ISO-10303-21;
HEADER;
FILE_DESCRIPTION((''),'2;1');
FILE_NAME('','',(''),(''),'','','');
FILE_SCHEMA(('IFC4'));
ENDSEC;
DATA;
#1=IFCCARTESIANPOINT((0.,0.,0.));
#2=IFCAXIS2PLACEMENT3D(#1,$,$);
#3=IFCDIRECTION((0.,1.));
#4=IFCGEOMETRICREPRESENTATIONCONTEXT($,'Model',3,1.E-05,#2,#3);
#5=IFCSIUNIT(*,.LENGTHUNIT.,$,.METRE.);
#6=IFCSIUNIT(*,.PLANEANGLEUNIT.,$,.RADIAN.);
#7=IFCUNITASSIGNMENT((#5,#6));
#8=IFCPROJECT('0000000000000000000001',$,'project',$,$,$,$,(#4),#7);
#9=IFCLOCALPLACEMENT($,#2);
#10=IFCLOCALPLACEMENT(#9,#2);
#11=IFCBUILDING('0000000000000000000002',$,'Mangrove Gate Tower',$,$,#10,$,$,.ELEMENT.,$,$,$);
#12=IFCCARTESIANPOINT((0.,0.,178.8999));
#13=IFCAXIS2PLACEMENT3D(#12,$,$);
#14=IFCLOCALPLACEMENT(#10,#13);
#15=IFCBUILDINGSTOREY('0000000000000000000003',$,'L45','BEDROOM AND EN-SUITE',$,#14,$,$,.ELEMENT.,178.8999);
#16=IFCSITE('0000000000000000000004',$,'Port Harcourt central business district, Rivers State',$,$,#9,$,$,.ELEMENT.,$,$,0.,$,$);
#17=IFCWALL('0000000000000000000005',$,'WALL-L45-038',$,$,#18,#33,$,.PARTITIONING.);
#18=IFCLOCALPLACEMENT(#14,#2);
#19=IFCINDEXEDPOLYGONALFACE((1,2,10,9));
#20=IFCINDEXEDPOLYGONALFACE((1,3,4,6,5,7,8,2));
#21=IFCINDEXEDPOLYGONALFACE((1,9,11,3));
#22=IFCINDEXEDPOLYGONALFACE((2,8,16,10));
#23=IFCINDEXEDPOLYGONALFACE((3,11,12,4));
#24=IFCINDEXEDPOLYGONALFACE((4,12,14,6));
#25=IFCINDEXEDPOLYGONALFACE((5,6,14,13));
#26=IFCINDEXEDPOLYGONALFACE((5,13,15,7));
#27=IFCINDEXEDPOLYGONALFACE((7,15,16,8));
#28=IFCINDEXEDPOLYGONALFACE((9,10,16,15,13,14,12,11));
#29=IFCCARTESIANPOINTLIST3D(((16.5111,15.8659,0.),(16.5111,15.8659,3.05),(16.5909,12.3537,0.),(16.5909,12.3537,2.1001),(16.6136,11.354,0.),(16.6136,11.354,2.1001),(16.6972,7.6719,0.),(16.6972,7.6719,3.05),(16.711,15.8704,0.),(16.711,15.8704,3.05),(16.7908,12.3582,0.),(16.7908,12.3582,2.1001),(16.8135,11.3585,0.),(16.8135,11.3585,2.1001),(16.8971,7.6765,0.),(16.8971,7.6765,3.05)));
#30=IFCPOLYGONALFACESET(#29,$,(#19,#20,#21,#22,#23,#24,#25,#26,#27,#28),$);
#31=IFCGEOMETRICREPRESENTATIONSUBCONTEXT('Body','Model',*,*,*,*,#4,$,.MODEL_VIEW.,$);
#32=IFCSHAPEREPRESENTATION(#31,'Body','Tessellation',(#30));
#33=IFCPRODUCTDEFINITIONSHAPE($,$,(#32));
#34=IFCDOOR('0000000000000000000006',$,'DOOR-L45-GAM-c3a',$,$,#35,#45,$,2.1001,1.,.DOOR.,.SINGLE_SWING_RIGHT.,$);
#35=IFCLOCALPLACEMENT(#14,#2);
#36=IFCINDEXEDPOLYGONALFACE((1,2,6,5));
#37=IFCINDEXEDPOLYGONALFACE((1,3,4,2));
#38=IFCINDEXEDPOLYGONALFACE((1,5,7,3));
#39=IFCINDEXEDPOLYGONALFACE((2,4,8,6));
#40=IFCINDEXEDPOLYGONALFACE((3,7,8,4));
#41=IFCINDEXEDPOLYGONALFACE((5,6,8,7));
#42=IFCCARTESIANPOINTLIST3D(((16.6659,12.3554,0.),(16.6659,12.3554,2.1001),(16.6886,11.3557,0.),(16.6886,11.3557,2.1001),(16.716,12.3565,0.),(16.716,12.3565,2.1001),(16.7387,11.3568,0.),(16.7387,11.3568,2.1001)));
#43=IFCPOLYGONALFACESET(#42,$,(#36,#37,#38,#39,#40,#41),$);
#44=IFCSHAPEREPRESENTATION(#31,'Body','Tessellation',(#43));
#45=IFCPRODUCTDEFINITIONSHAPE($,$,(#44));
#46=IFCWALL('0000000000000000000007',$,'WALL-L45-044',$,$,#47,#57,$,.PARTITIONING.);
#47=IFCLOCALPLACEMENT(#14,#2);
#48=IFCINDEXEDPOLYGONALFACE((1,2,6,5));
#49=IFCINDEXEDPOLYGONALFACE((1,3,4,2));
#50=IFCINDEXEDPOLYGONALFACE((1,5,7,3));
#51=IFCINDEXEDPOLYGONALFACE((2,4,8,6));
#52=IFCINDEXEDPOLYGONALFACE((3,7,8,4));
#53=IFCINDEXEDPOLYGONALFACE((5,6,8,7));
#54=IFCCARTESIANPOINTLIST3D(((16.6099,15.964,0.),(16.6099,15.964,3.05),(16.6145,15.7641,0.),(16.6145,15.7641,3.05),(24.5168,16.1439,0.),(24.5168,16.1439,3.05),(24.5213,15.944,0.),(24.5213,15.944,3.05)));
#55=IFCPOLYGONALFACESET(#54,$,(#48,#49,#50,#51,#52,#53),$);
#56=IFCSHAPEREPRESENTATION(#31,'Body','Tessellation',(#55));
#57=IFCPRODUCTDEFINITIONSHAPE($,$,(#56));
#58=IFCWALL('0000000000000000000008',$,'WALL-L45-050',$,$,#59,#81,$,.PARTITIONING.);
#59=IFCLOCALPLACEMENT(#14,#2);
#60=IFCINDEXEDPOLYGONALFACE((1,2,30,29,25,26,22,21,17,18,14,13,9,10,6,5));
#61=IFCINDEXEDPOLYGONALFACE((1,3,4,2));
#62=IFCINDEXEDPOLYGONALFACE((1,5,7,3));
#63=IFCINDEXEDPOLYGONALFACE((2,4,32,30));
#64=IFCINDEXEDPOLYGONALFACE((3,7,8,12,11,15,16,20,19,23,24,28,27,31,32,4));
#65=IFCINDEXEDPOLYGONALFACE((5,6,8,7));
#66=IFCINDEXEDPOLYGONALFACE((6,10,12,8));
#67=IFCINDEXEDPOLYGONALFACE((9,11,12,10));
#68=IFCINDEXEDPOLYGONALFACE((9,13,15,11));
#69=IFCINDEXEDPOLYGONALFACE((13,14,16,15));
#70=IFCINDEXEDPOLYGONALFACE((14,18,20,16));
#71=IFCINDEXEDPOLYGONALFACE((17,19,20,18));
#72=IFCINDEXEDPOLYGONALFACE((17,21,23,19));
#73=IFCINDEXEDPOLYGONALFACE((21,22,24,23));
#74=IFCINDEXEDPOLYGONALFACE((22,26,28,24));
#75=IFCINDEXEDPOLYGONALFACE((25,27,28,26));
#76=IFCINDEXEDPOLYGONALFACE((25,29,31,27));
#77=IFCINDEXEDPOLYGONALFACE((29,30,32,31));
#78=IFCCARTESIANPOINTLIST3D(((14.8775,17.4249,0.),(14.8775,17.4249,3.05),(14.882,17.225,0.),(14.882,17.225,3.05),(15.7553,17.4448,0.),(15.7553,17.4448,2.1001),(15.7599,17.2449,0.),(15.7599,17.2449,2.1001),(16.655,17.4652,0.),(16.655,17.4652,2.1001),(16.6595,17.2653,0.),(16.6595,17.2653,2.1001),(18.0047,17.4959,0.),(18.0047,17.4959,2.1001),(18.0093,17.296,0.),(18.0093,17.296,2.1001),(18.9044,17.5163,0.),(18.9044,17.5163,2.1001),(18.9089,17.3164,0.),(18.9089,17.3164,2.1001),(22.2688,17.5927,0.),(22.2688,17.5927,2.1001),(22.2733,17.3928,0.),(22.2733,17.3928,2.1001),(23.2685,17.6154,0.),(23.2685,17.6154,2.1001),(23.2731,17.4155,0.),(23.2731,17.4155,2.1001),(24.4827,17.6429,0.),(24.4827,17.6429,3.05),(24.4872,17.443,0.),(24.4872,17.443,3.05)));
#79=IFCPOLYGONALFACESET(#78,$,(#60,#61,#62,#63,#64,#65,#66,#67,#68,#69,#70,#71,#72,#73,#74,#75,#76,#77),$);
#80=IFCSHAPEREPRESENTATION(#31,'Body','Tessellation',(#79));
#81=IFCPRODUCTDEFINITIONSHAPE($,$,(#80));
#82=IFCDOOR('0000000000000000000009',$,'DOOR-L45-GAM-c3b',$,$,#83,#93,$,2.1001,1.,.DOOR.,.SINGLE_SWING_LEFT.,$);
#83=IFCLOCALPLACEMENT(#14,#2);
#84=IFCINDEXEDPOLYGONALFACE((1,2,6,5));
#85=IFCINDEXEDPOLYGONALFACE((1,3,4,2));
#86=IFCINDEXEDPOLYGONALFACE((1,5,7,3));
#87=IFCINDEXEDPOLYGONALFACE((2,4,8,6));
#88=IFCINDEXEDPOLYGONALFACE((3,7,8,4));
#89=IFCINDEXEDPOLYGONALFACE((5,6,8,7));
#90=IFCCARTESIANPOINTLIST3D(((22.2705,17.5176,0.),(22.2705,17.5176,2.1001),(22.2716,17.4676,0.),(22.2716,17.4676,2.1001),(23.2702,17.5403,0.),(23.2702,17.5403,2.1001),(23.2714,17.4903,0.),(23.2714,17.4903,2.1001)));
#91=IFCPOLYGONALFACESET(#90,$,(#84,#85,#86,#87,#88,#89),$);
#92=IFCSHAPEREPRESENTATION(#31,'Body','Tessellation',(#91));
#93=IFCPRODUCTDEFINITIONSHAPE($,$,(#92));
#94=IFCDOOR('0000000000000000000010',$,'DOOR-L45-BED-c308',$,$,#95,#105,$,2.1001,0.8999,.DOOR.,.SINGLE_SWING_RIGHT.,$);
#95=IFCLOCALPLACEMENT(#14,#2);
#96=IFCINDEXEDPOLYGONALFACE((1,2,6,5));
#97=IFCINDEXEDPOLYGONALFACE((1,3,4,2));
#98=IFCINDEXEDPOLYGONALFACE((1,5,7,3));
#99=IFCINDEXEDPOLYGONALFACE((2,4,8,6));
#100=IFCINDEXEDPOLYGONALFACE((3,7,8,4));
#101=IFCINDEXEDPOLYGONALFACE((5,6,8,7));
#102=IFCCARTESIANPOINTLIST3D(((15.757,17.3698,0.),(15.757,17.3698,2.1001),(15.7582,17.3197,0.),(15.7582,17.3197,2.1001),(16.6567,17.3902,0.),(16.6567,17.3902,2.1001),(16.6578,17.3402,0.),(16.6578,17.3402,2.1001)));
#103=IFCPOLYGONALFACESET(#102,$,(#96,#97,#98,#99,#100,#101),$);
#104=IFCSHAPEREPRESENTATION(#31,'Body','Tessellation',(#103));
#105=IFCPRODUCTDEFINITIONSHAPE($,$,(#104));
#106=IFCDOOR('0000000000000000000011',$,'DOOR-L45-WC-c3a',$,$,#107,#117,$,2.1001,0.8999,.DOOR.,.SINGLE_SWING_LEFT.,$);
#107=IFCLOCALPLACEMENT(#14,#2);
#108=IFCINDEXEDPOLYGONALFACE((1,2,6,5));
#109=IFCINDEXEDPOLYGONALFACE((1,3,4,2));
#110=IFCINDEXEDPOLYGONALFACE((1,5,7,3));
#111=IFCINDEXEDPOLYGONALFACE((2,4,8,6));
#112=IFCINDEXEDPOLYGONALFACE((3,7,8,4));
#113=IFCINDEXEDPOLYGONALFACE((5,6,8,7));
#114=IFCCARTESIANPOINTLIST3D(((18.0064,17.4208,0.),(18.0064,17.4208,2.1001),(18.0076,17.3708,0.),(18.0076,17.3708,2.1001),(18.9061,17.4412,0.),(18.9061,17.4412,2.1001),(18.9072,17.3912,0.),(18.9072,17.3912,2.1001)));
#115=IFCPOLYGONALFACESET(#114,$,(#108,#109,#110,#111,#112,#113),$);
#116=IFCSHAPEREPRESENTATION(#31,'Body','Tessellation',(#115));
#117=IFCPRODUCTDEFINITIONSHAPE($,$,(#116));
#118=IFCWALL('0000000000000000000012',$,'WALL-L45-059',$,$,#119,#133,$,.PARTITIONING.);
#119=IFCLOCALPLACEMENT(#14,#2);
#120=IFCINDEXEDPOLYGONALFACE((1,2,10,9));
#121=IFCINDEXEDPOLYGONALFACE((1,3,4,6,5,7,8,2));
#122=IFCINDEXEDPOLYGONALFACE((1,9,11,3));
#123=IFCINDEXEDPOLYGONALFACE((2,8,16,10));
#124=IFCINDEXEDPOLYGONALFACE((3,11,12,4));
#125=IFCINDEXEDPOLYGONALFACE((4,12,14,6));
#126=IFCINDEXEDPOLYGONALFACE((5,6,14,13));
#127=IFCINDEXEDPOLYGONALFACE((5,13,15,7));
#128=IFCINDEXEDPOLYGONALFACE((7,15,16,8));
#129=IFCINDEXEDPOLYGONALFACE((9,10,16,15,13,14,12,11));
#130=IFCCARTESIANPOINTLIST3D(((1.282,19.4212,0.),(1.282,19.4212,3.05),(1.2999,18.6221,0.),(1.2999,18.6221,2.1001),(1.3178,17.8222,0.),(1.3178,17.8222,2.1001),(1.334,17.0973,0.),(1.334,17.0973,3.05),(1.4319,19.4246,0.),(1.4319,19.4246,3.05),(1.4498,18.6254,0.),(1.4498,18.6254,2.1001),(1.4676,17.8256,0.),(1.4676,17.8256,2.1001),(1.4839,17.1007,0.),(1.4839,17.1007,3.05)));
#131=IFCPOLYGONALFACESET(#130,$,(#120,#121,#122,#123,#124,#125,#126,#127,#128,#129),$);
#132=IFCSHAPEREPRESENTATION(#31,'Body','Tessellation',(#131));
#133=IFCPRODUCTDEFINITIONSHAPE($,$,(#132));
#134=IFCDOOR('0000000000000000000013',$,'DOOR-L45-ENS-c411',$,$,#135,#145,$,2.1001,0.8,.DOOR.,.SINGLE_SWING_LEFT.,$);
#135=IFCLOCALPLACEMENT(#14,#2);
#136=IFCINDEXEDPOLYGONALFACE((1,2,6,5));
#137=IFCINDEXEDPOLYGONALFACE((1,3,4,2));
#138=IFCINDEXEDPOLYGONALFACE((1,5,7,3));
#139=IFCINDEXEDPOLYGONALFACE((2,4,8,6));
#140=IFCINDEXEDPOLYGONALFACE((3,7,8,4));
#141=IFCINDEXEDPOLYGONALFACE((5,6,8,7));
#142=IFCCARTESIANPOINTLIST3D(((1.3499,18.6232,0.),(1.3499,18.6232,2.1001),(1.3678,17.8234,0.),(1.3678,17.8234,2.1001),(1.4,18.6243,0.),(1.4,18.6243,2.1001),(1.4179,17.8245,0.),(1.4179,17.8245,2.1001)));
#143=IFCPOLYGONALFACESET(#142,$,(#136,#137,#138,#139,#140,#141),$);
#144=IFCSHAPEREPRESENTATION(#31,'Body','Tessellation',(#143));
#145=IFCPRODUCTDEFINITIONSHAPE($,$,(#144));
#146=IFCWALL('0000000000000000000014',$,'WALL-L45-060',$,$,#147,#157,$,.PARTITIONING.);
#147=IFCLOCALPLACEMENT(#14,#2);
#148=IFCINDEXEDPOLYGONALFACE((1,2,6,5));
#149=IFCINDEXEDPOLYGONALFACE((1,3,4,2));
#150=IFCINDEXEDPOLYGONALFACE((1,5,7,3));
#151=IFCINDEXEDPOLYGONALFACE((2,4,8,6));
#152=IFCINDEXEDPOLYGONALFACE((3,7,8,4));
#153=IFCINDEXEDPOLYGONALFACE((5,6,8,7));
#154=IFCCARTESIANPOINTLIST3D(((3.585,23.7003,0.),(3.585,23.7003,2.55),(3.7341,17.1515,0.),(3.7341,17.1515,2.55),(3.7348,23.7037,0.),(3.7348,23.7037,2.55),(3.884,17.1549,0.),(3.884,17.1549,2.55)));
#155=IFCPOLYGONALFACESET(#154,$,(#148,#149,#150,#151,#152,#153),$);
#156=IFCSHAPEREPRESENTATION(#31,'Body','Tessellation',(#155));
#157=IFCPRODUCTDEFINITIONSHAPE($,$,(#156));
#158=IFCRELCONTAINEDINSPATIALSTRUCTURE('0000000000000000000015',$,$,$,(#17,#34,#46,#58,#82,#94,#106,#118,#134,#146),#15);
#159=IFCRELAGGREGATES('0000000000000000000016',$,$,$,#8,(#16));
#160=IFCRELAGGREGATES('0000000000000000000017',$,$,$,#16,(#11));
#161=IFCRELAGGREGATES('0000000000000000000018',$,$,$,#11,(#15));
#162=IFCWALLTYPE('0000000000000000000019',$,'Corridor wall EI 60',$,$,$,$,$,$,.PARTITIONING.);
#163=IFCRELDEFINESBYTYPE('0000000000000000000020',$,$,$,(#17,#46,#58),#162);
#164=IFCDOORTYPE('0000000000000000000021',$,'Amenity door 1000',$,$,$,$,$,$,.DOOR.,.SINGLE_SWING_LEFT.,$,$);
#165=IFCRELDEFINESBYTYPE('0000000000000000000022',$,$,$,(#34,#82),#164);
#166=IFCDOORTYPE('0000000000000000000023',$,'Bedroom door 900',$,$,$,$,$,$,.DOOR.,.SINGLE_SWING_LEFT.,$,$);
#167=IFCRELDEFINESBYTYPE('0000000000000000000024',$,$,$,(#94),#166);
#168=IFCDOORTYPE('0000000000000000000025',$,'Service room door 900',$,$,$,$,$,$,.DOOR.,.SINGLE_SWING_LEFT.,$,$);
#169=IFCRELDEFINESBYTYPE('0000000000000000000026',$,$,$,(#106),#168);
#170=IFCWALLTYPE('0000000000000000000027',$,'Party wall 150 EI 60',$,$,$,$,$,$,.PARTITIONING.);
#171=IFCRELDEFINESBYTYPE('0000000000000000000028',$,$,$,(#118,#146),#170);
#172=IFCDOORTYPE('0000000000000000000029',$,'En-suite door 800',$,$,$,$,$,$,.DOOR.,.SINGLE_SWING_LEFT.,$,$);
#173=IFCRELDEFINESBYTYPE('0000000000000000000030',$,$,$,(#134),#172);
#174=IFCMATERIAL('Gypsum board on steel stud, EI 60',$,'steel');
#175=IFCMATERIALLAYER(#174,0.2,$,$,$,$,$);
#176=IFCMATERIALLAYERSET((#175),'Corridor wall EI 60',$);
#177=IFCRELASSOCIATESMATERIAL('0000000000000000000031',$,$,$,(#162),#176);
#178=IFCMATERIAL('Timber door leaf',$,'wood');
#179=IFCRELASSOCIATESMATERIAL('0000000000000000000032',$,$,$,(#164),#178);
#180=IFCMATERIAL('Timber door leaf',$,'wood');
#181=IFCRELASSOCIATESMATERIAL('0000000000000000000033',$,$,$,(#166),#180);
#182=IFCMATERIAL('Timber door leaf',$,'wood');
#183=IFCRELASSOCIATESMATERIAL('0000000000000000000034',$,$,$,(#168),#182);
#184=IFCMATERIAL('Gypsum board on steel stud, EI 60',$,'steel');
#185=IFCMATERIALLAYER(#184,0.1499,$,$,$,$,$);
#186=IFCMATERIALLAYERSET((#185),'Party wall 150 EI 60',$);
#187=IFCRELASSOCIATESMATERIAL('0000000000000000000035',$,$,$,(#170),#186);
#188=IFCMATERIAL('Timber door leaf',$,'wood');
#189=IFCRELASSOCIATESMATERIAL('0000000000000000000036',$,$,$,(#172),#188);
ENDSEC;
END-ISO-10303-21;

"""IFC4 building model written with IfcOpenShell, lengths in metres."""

from ifc_helpers import new_model, si_unit, direction, frame, frame_2d, origin, place, context, subcontext, project, spatial, rectangle, extrude, material, layer, layer_set, type_object, element, fill, save


model = new_model("IFC4")

# Units and contexts
model_context = context("Model", 3, precision=1e-05, world=origin(), true_north=direction((0.0, 1.0)))
body_context = subcontext(model_context, "Body", "Model", "MODEL_VIEW")
ifc_project = project(units=[si_unit("LENGTHUNIT", "METRE"), si_unit("PLANEANGLEUNIT", "RADIAN")], contexts=[model_context])

# Site, building, storey
site_placement = place(None, origin())
site = spatial("IfcSite", under=ifc_project, at=site_placement, Name="Port Harcourt central business district, Rivers State", CompositionType="ELEMENT", RefElevation=0.0)
building_placement = place(site_placement, origin())
building = spatial("IfcBuilding", under=site, at=building_placement, Name="Mangrove Gate Tower", CompositionType="ELEMENT")
storey_placement = place(building_placement, frame((0.0, 0.0, 178.8999)))
storey = spatial("IfcBuildingStorey", under=building, at=storey_placement, Name="L45", Description="BEDROOM AND EN-SUITE", CompositionType="ELEMENT", Elevation=178.8999)

# Wall, opening, door
ifc_material_1 = material(Name="Gypsum board on steel stud, EI 60", Category="steel")
ifc_layer_1 = layer(ifc_material_1, 0.2)
ifc_layer_set_1 = layer_set([ifc_layer_1], Name="Corridor wall EI 60")
wall_type_1 = type_object("IfcWallType", Name="Corridor wall EI 60", PredefinedType="PARTITIONING", material=ifc_layer_set_1)
wall_1_placement = place(storey_placement, frame((16.7971, 7.6741, 0.0), z_axis=(0.0, 0.0, 1.0), x_axis=(-0.022698, 0.999742, 0.0)))
wall_1 = element("IfcWall", 1, at=wall_1_placement, inside=storey, type_object=wall_type_1, Name="WALL-L45-038", PredefinedType="PARTITIONING", context=body_context, shape_type="SweptSolid", body=[
    extrude(rectangle(XDim=8.196, YDim=0.2, at=frame_2d((4.0981, 0.0))), origin(), (0.0, 0.0, 1.0), 3.05),
])
opening_1_placement = place(wall_1_placement, frame((3.6831, 0.0, 0.0)))
opening_1 = element("IfcOpeningElement", 2, at=opening_1_placement, cuts=wall_1, PredefinedType="OPENING", context=body_context, shape_type="SweptSolid", body=[
    extrude(rectangle(XDim=1.0, YDim=2.1001, at=frame_2d((0.5, 1.05))), frame((0.0, 0.1099, 0.0), z_axis=(0.0, -1.0, 0.0), x_axis=(1.0, 0.0, 0.0)), (0.0, 0.0, 1.0), 0.22),
])
ifc_material_2 = material(Name="Timber door leaf", Category="wood")
door_type_1 = type_object("IfcDoorType", Name="Amenity door 1000", OperationType="SINGLE_SWING_LEFT", PredefinedType="DOOR", material=ifc_material_2)
door_1_placement = place(opening_1_placement, origin())
door_1 = element("IfcDoor", 3, at=door_1_placement, inside=storey, type_object=door_type_1, Name="DOOR-L45-GAM-c3a", OperationType="SINGLE_SWING_RIGHT", OverallHeight=2.1001, OverallWidth=1.0, PredefinedType="DOOR", context=body_context, shape_type="SweptSolid", body=[
    extrude(rectangle(XDim=1.0, YDim=2.1001, at=frame_2d((0.5, 1.05))), frame((0.0, 0.0249, 0.0), z_axis=(0.0, -1.0, 0.0), x_axis=(1.0, 0.0, 0.0)), (0.0, 0.0, 1.0), 0.05),
])
fill(opening_1, door_1)

# Wall
wall_2_placement = place(storey_placement, frame((16.6121, 15.864, 0.0), z_axis=(0.0, 0.0, 1.0), x_axis=(0.999741, 0.02275, 0.0)))
element("IfcWall", 4, at=wall_2_placement, inside=storey, type_object=wall_type_1, Name="WALL-L45-044", PredefinedType="PARTITIONING", context=body_context, shape_type="SweptSolid", body=[
    extrude(rectangle(XDim=7.9089, YDim=0.2, at=frame_2d((3.9546, 0.0))), origin(), (0.0, 0.0, 1.0), 3.05),
])

# Wall, openings, doors
wall_3_placement = place(storey_placement, frame((14.8799, 17.325, 0.0), z_axis=(0.0, 0.0, 1.0), x_axis=(0.999743, 0.022692, 0.0)))
wall_3 = element("IfcWall", 5, at=wall_3_placement, inside=storey, type_object=wall_type_1, Name="WALL-L45-050", PredefinedType="PARTITIONING", context=body_context, shape_type="SweptSolid", body=[
    extrude(rectangle(XDim=9.6077, YDim=0.2, at=frame_2d((4.8037, 0.0))), origin(), (0.0, 0.0, 1.0), 3.05),
])
opening_2_placement = place(wall_3_placement, frame((7.3931, 0.0, 0.0)))
opening_2 = element("IfcOpeningElement", 6, at=opening_2_placement, cuts=wall_3, PredefinedType="OPENING", context=body_context, shape_type="SweptSolid", body=[
    extrude(rectangle(XDim=1.0, YDim=2.1001, at=frame_2d((0.5, 1.05))), frame((0.0, 0.1099, 0.0), z_axis=(0.0, -1.0, 0.0), x_axis=(1.0, 0.0, 0.0)), (0.0, 0.0, 1.0), 0.22),
])
opening_3_placement = place(wall_3_placement, frame((3.1279, 0.0, 0.0)))
opening_3 = element("IfcOpeningElement", 7, at=opening_3_placement, cuts=wall_3, PredefinedType="OPENING", context=body_context, shape_type="SweptSolid", body=[
    extrude(rectangle(XDim=0.8999, YDim=2.1001, at=frame_2d((0.45, 1.05))), frame((0.0, 0.1099, 0.0), z_axis=(0.0, -1.0, 0.0), x_axis=(1.0, 0.0, 0.0)), (0.0, 0.0, 1.0), 0.22),
])
opening_4_placement = place(wall_3_placement, frame((0.8779, 0.0, 0.0)))
opening_4 = element("IfcOpeningElement", 8, at=opening_4_placement, cuts=wall_3, PredefinedType="OPENING", context=body_context, shape_type="SweptSolid", body=[
    extrude(rectangle(XDim=0.8999, YDim=2.1001, at=frame_2d((0.45, 1.05))), frame((0.0, 0.1099, 0.0), z_axis=(0.0, -1.0, 0.0), x_axis=(1.0, 0.0, 0.0)), (0.0, 0.0, 1.0), 0.22),
])
door_2_placement = place(opening_2_placement, origin())
door_2 = element("IfcDoor", 9, at=door_2_placement, inside=storey, type_object=door_type_1, Name="DOOR-L45-GAM-c3b", OperationType="SINGLE_SWING_LEFT", OverallHeight=2.1001, OverallWidth=1.0, PredefinedType="DOOR", context=body_context, shape_type="SweptSolid", body=[
    extrude(rectangle(XDim=1.0, YDim=2.1001, at=frame_2d((0.5, 1.05))), frame((0.0, 0.0249, 0.0), z_axis=(0.0, -1.0, 0.0), x_axis=(1.0, 0.0, 0.0)), (0.0, 0.0, 1.0), 0.05),
])
fill(opening_2, door_2)
ifc_material_3 = material(Name="Timber door leaf", Category="wood")
door_type_2 = type_object("IfcDoorType", Name="Bedroom door 900", OperationType="SINGLE_SWING_LEFT", PredefinedType="DOOR", material=ifc_material_3)
door_3_placement = place(opening_4_placement, origin())
door_3 = element("IfcDoor", 10, at=door_3_placement, inside=storey, type_object=door_type_2, Name="DOOR-L45-BED-c308", OperationType="SINGLE_SWING_RIGHT", OverallHeight=2.1001, OverallWidth=0.8999, PredefinedType="DOOR", context=body_context, shape_type="SweptSolid", body=[
    extrude(rectangle(XDim=0.8999, YDim=2.1001, at=frame_2d((0.45, 1.05))), frame((0.0, 0.0249, 0.0), z_axis=(0.0, -1.0, 0.0), x_axis=(1.0, 0.0, 0.0)), (0.0, 0.0, 1.0), 0.05),
])
fill(opening_4, door_3)
ifc_material_4 = material(Name="Timber door leaf", Category="wood")
door_type_3 = type_object("IfcDoorType", Name="Service room door 900", OperationType="SINGLE_SWING_LEFT", PredefinedType="DOOR", material=ifc_material_4)
door_4_placement = place(opening_3_placement, origin())
door_4 = element("IfcDoor", 11, at=door_4_placement, inside=storey, type_object=door_type_3, Name="DOOR-L45-WC-c3a", OperationType="SINGLE_SWING_LEFT", OverallHeight=2.1001, OverallWidth=0.8999, PredefinedType="DOOR", context=body_context, shape_type="SweptSolid", body=[
    extrude(rectangle(XDim=0.8999, YDim=2.1001, at=frame_2d((0.45, 1.05))), frame((0.0, 0.0249, 0.0), z_axis=(0.0, -1.0, 0.0), x_axis=(1.0, 0.0, 0.0)), (0.0, 0.0, 1.0), 0.05),
])
fill(opening_3, door_4)

# Wall, opening, door
ifc_material_5 = material(Name="Gypsum board on steel stud, EI 60", Category="steel")
ifc_layer_2 = layer(ifc_material_5, 0.1499)
ifc_layer_set_2 = layer_set([ifc_layer_2], Name="Party wall 150 EI 60")
wall_type_2 = type_object("IfcWallType", Name="Party wall 150 EI 60", PredefinedType="PARTITIONING", material=ifc_layer_set_2)
wall_4_placement = place(storey_placement, frame((1.4089, 17.0991, 0.0), z_axis=(0.0, 0.0, 1.0), x_axis=(-0.022371, 0.99975, 0.0)))
wall_4 = element("IfcWall", 12, at=wall_4_placement, inside=storey, type_object=wall_type_2, Name="WALL-L45-059", PredefinedType="PARTITIONING", context=body_context, shape_type="SweptSolid", body=[
    extrude(rectangle(XDim=2.3245, YDim=0.1499, at=frame_2d((1.1621, 0.0))), origin(), (0.0, 0.0, 1.0), 3.05),
])
opening_5_placement = place(wall_4_placement, frame((0.7251, 0.0, 0.0)))
opening_5 = element("IfcOpeningElement", 13, at=opening_5_placement, cuts=wall_4, PredefinedType="OPENING", context=body_context, shape_type="SweptSolid", body=[
    extrude(rectangle(XDim=0.8, YDim=2.1001, at=frame_2d((0.3999, 1.05))), frame((0.0, 0.085, 0.0), z_axis=(0.0, -1.0, 0.0), x_axis=(1.0, 0.0, 0.0)), (0.0, 0.0, 1.0), 0.1699),
])
ifc_material_6 = material(Name="Timber door leaf", Category="wood")
door_type_4 = type_object("IfcDoorType", Name="En-suite door 800", OperationType="SINGLE_SWING_LEFT", PredefinedType="DOOR", material=ifc_material_6)
door_5_placement = place(opening_5_placement, origin())
door_5 = element("IfcDoor", 14, at=door_5_placement, inside=storey, type_object=door_type_4, Name="DOOR-L45-ENS-c411", OperationType="SINGLE_SWING_LEFT", OverallHeight=2.1001, OverallWidth=0.8, PredefinedType="DOOR", context=body_context, shape_type="SweptSolid", body=[
    extrude(rectangle(XDim=0.8, YDim=2.1001, at=frame_2d((0.3999, 1.05))), frame((0.0, 0.0249, 0.0), z_axis=(0.0, -1.0, 0.0), x_axis=(1.0, 0.0, 0.0)), (0.0, 0.0, 1.0), 0.05),
])
fill(opening_5, door_5)

# Wall
wall_5_placement = place(storey_placement, frame((3.8091, 17.1531, 0.0), z_axis=(0.0, 0.0, 1.0), x_axis=(-0.022772, 0.999741, 0.0)))
element("IfcWall", 15, at=wall_5_placement, inside=storey, type_object=wall_type_2, Name="WALL-L45-060", PredefinedType="PARTITIONING", context=body_context, shape_type="SweptSolid", body=[
    extrude(rectangle(XDim=6.5505, YDim=0.1499, at=frame_2d((3.2754, 0.0))), origin(), (0.0, 0.0, 1.0), 2.55),
])

save(model, "model.ifc")
